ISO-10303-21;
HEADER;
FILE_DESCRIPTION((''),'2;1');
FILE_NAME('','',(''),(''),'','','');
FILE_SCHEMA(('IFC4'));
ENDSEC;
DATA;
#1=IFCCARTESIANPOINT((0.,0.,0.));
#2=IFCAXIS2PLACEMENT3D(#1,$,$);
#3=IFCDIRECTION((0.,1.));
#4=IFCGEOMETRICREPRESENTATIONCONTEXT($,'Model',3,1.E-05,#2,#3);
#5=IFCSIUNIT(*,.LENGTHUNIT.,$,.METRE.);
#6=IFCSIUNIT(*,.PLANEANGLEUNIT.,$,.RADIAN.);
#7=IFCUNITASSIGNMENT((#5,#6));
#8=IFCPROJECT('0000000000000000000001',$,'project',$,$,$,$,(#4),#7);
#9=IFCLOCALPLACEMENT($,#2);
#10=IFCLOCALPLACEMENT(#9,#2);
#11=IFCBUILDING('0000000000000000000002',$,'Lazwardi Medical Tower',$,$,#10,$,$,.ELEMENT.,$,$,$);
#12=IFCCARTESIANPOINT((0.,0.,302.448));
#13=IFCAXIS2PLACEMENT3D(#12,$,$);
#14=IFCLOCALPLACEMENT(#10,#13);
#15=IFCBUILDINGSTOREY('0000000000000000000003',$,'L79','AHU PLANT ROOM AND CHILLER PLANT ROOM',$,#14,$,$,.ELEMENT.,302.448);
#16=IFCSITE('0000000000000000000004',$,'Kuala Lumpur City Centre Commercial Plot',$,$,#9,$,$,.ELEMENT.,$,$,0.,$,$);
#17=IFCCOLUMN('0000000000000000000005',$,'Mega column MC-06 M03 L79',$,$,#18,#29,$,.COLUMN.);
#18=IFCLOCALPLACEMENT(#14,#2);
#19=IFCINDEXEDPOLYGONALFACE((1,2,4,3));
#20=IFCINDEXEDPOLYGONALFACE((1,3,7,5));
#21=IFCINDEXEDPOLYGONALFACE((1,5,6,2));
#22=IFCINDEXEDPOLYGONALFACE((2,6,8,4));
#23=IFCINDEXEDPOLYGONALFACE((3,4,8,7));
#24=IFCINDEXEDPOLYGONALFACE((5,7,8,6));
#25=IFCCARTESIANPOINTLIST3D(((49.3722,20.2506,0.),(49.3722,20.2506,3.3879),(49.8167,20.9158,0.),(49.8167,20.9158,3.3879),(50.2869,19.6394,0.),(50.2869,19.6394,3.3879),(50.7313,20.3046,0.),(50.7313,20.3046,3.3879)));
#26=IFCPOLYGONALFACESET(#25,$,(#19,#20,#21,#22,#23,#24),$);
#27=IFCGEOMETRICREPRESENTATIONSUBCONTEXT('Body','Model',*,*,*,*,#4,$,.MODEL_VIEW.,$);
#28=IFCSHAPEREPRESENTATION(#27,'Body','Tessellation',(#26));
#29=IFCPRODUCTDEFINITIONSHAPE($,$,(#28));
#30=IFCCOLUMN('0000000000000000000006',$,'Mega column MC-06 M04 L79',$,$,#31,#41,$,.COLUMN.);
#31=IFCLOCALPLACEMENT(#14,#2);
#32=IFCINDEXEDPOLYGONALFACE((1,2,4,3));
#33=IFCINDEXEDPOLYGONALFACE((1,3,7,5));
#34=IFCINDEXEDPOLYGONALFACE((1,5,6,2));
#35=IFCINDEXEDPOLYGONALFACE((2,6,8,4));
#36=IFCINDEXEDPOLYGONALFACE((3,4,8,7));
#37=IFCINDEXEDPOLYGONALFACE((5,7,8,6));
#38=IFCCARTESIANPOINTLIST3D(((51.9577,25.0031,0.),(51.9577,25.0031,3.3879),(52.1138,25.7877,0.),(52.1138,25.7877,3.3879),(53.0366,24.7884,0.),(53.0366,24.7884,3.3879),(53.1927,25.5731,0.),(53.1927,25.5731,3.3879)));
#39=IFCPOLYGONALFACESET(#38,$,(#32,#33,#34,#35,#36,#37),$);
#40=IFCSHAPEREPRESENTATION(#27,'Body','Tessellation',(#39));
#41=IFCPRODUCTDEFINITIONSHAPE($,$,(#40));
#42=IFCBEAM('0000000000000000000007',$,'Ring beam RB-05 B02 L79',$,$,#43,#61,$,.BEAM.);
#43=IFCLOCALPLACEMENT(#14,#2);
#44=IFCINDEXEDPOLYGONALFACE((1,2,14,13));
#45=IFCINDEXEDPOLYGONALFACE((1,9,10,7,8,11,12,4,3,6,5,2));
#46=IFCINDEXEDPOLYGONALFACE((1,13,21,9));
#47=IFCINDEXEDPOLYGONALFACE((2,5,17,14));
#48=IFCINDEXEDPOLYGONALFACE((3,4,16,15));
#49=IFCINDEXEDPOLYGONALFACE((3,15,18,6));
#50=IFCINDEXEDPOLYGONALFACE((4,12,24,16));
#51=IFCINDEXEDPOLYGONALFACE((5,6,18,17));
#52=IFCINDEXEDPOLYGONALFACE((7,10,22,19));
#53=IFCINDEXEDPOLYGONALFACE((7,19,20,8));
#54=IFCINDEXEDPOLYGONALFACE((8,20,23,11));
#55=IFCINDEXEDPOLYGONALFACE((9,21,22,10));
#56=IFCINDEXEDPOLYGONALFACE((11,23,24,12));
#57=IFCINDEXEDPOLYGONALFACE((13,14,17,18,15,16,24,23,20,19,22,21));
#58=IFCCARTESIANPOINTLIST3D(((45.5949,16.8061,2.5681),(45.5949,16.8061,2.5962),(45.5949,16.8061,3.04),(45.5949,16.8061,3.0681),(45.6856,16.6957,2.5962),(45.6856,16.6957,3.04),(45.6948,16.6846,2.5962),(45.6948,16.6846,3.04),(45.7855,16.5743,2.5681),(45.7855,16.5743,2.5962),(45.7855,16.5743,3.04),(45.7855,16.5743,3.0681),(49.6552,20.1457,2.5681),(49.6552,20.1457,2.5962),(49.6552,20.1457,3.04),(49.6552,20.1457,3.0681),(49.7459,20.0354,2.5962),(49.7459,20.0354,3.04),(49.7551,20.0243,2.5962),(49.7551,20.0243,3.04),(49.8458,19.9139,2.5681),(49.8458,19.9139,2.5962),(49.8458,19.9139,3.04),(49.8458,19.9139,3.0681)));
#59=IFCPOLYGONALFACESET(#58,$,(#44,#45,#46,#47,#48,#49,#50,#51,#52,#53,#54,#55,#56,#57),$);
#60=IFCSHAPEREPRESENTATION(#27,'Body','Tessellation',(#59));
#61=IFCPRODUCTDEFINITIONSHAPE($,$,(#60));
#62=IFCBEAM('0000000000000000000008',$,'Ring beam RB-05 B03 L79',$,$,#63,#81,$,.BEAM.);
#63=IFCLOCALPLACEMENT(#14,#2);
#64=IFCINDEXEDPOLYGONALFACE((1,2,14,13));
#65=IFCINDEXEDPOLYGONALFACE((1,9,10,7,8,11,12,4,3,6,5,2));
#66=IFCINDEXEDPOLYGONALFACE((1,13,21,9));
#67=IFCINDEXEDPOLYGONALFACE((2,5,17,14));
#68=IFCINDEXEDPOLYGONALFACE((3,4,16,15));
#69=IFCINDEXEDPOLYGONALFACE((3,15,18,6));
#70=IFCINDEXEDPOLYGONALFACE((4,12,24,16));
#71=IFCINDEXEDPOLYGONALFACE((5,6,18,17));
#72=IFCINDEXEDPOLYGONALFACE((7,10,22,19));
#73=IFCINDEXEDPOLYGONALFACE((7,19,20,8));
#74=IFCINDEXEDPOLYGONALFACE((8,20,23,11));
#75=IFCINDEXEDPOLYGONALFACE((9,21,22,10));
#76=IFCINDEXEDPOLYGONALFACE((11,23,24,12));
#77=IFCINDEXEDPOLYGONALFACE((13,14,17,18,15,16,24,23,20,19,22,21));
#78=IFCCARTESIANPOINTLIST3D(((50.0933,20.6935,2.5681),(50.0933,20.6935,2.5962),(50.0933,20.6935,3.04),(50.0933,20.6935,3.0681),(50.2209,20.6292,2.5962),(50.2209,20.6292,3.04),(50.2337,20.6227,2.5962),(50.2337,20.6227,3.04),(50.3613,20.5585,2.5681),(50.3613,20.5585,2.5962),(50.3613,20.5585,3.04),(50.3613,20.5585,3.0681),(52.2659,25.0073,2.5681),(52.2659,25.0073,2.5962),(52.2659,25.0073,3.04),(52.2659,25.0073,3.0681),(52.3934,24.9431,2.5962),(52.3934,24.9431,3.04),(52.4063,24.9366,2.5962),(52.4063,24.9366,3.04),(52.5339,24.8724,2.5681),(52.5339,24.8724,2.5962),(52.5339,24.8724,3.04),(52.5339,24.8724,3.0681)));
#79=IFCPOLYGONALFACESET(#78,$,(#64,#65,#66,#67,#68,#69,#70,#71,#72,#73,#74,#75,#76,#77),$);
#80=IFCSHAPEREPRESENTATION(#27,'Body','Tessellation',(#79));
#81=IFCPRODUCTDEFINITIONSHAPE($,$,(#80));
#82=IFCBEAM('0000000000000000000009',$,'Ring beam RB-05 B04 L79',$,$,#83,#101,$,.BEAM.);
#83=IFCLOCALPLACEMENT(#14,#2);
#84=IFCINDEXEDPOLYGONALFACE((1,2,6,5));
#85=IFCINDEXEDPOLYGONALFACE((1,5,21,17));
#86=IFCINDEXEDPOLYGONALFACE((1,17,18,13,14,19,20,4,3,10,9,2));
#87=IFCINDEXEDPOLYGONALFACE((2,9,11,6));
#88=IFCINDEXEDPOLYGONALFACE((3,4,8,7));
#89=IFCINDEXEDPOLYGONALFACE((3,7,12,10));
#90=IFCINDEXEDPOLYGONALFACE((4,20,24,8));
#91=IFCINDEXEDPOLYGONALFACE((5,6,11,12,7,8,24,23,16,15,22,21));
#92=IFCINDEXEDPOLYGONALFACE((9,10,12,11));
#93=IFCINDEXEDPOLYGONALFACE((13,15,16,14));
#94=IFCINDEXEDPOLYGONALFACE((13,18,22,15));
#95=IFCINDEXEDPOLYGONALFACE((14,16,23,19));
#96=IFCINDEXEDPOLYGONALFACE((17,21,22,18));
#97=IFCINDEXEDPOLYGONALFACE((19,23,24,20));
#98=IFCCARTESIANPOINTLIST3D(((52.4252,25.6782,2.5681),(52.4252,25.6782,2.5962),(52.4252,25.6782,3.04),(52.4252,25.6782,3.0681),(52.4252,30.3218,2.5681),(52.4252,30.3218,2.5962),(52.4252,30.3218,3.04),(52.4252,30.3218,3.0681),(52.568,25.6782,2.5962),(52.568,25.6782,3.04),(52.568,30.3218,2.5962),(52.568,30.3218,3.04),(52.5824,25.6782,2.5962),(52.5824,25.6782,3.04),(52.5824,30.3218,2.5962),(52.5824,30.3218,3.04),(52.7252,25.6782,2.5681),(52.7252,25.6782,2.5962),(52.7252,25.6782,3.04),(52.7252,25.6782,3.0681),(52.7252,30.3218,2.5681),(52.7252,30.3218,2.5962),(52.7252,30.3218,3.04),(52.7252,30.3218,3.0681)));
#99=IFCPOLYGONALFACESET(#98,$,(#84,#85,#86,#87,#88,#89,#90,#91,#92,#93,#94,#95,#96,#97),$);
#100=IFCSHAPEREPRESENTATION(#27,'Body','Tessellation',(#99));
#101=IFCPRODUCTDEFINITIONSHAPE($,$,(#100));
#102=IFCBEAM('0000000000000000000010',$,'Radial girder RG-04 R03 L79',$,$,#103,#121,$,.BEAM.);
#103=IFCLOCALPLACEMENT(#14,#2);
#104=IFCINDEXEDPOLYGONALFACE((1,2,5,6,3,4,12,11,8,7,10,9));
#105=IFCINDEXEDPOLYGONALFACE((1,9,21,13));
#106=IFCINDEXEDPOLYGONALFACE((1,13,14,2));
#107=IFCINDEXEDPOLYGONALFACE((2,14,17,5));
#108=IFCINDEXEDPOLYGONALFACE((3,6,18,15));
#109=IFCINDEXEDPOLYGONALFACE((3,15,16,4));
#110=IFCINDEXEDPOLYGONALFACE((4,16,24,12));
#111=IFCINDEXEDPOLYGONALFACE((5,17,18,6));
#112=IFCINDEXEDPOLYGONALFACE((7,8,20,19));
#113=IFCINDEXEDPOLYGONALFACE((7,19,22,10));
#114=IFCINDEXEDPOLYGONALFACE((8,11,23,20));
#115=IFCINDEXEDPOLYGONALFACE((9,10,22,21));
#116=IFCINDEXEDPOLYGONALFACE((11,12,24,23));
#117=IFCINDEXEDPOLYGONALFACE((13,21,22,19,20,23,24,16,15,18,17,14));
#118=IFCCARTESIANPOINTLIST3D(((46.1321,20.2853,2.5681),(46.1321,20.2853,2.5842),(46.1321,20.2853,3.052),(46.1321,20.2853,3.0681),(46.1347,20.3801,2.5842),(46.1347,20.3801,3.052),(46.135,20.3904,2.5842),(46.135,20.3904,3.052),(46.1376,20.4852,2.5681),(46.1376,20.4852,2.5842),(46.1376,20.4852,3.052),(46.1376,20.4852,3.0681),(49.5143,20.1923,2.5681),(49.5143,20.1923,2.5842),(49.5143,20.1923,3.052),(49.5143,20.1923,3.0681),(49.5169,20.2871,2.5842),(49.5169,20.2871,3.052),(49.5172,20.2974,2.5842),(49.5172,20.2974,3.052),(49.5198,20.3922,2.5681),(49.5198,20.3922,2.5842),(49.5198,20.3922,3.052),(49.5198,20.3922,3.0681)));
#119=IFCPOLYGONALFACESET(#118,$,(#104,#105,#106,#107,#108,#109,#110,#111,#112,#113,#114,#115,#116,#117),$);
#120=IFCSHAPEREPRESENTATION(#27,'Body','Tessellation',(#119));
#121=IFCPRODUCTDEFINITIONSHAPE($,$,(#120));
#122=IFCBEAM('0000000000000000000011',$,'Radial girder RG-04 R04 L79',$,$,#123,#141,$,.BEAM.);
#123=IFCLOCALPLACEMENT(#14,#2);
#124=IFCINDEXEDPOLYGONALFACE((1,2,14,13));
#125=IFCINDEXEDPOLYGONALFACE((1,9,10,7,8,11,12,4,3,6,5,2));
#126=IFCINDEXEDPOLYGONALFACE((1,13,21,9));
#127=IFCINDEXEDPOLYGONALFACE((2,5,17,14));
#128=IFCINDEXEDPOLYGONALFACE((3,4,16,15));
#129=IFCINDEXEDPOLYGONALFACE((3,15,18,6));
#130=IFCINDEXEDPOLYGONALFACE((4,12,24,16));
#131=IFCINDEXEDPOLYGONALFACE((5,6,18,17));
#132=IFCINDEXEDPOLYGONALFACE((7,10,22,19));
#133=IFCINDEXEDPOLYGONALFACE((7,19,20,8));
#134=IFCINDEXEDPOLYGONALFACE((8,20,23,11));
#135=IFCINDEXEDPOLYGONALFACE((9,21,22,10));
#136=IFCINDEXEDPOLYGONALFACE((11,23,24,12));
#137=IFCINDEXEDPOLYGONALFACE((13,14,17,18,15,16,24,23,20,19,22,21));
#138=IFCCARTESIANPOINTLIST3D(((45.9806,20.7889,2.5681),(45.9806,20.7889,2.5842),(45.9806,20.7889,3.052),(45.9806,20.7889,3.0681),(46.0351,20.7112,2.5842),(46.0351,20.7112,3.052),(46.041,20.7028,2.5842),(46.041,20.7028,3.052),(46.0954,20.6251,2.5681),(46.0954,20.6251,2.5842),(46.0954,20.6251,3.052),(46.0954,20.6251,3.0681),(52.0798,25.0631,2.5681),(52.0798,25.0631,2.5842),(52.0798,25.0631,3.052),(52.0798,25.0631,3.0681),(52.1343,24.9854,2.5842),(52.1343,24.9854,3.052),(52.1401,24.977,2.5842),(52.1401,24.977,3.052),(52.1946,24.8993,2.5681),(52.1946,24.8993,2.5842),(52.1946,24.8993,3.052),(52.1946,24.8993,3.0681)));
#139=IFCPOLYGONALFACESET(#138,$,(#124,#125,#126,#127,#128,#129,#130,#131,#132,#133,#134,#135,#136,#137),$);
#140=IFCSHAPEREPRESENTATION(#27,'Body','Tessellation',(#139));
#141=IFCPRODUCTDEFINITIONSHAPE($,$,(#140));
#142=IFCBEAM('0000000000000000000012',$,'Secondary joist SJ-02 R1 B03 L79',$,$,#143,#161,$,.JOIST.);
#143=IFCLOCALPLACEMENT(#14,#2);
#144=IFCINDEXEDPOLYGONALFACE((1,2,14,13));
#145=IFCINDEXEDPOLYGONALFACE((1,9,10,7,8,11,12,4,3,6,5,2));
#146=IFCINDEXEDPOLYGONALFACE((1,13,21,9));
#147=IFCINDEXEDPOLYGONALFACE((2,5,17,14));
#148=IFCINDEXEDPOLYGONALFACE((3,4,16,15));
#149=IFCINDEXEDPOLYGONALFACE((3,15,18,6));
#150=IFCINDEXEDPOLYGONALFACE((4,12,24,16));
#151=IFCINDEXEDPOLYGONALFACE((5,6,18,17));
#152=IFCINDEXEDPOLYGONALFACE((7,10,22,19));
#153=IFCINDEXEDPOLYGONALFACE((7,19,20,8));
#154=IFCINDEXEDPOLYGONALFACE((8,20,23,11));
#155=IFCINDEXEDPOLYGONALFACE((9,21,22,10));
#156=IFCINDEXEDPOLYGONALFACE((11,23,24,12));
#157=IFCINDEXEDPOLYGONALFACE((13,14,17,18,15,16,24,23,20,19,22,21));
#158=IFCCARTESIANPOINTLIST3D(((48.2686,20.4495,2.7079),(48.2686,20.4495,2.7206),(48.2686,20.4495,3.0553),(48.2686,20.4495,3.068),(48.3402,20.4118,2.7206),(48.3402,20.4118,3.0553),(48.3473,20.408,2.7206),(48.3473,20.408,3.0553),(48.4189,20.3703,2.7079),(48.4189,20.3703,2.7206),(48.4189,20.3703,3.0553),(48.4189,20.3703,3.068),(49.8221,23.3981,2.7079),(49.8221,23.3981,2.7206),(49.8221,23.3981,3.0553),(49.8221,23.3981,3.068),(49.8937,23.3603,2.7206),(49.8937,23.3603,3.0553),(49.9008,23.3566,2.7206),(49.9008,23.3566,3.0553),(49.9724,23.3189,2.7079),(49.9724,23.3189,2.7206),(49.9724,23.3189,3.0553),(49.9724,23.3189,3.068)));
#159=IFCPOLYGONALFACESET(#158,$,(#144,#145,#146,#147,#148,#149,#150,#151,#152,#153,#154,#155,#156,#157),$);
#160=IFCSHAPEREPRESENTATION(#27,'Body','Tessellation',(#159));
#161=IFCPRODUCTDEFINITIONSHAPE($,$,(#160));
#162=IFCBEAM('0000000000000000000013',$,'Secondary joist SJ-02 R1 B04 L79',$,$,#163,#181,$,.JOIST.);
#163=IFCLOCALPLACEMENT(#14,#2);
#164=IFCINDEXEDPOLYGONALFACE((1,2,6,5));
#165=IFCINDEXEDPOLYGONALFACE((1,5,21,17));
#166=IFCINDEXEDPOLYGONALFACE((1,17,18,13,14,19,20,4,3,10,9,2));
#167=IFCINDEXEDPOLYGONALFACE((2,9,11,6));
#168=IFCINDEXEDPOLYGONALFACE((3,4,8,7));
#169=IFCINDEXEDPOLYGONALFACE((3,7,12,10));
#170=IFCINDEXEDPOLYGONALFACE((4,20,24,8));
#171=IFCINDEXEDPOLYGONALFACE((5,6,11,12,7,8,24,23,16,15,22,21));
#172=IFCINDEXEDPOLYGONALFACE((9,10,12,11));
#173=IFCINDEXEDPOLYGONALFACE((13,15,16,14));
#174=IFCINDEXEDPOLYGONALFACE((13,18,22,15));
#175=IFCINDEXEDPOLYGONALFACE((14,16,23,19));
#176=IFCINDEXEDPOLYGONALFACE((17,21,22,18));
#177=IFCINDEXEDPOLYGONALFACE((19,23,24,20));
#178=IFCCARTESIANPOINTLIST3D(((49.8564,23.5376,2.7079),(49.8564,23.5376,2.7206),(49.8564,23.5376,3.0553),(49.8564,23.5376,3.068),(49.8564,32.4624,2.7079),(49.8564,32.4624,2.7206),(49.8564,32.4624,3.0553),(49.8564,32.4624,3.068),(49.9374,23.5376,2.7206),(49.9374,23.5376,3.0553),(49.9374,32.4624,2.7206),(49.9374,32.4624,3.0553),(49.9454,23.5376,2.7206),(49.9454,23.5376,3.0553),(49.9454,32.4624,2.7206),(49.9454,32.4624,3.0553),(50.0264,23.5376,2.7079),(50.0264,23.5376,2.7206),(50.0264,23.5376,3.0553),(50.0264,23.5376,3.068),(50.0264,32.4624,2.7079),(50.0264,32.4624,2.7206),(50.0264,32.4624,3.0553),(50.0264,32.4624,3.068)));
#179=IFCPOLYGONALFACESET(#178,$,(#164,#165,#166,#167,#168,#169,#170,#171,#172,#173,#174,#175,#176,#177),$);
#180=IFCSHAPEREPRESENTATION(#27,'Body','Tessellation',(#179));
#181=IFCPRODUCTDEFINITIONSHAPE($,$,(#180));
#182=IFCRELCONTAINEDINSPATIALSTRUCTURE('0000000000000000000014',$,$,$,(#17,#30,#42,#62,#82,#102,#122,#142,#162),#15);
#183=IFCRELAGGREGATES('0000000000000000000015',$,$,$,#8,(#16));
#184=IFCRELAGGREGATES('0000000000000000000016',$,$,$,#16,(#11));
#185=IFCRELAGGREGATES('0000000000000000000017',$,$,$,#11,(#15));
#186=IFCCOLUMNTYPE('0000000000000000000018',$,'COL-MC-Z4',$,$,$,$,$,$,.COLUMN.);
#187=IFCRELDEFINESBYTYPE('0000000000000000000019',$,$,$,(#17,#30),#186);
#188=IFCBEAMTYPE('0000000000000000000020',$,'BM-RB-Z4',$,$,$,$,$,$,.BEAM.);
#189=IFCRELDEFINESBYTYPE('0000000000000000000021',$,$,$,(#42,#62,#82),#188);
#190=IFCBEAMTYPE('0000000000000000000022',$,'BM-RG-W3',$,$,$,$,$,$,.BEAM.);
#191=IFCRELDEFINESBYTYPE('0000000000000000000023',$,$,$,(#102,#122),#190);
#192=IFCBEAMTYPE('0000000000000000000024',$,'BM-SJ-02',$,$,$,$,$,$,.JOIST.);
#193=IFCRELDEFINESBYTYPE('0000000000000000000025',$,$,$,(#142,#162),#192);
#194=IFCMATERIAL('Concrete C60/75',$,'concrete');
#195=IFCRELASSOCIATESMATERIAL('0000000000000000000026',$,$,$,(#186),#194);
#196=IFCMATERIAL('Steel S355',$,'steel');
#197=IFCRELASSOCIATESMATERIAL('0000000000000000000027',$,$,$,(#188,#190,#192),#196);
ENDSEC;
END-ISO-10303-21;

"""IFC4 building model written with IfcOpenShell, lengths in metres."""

from ifc_helpers import new_model, si_unit, direction, frame, origin, origin_2d, place, context, subcontext, project, spatial, rectangle, i_section, extrude, material, material_profile, profile_set, type_object, element, save


model = new_model("IFC4")

# Units and contexts
model_context = context("Model", 3, precision=1e-05, world=origin(), true_north=direction((0.0, 1.0)))
body_context = subcontext(model_context, "Body", "Model", "MODEL_VIEW")
ifc_project = project(units=[si_unit("LENGTHUNIT", "METRE"), si_unit("PLANEANGLEUNIT", "RADIAN")], contexts=[model_context])

# Site, building, storey
site_placement = place(None, origin())
site = spatial("IfcSite", under=ifc_project, at=site_placement, Name="Kuala Lumpur City Centre Commercial Plot", CompositionType="ELEMENT", RefElevation=0.0)
building_placement = place(site_placement, origin())
building = spatial("IfcBuilding", under=site, at=building_placement, Name="Lazwardi Medical Tower", CompositionType="ELEMENT")
storey_placement = place(building_placement, frame((0.0, 0.0, 302.448)))
storey = spatial("IfcBuildingStorey", under=building, at=storey_placement, Name="L79", Description="AHU PLANT ROOM AND CHILLER PLANT ROOM", CompositionType="ELEMENT", Elevation=302.448)

# Columns
ifc_material_1 = material(Name="Concrete C60/75", Category="concrete")
ifc_material_profile_1 = material_profile(ifc_material_1, rectangle(XDim=1.1001, YDim=0.8, at=origin_2d()), Name="CFT-RECT 1100x800")
ifc_profile_set_1 = profile_set([ifc_material_profile_1], Name="Concrete C60/75")
column_type = type_object("IfcColumnType", Name="COL-MC-Z4", PredefinedType="COLUMN", material=ifc_profile_set_1)
for number, where, z_axis, x_axis, name in (
    (1, (50.0518, 20.2776, 0.0), (0.0, 0.0, 1.0), (0.83147, -0.55557, 0.0), "Mega column MC-06 M03 L79"),
    (2, (52.5752, 25.2881, 0.0), (0.0, 0.0, 1.0), (0.980785, -0.19509, 0.0), "Mega column MC-06 M04 L79"),
):
    element("IfcColumn", number, at=place(storey_placement, frame(where, z_axis=z_axis, x_axis=x_axis)), inside=storey, type_object=column_type, Name=name, PredefinedType="COLUMN", context=body_context, shape_type="SweptSolid", body=[
        extrude(rectangle(XDim=1.1001, YDim=0.8, at=origin_2d()), origin(), (0.0, 0.0, 1.0), 3.3879),
    ])

# Beams
ifc_material_2 = material(Name="Steel S355", Category="steel")
ifc_material_profile_2 = material_profile(ifc_material_2, i_section(OverallWidth=0.3, OverallDepth=0.5, WebThickness=0.0144, FlangeThickness=0.0281, at=origin_2d()), Name="HEB 500")
ifc_profile_set_2 = profile_set([ifc_material_profile_2], Name="Steel S355")
beam_type_1 = type_object("IfcBeamType", Name="BM-RB-Z4", PredefinedType="BEAM", material=ifc_profile_set_2)
beam_1_placement = place(storey_placement, frame((45.6902, 16.6902, 2.8181), z_axis=(0.77232, 0.635233, 0.0), x_axis=(-0.635233, 0.77232, 0.0)))
element("IfcBeam", 3, at=beam_1_placement, inside=storey, type_object=beam_type_1, Name="Ring beam RB-05 B02 L79", PredefinedType="BEAM", context=body_context, shape_type="SweptSolid", body=[
    extrude(i_section(OverallWidth=0.3, OverallDepth=0.5, WebThickness=0.0144, FlangeThickness=0.0281, at=origin_2d()), origin(), (0.0, 0.0, 1.0), 5.2573),
])
beam_2_placement = place(storey_placement, frame((50.2273, 20.626, 2.8181), z_axis=(0.4498, 0.893129, 0.0), x_axis=(-0.893129, 0.4498, 0.0)))
element("IfcBeam", 4, at=beam_2_placement, inside=storey, type_object=beam_type_1, Name="Ring beam RB-05 B03 L79", PredefinedType="BEAM", context=body_context, shape_type="SweptSolid", body=[
    extrude(i_section(OverallWidth=0.3, OverallDepth=0.5, WebThickness=0.0144, FlangeThickness=0.0281, at=origin_2d()), origin(), (0.0, 0.0, 1.0), 4.8301),
])
beam_3_placement = place(storey_placement, frame((52.5752, 25.6782, 2.8181), z_axis=(0.0, 1.0, 0.0), x_axis=(-1.0, 0.0, 0.0)))
element("IfcBeam", 5, at=beam_3_placement, inside=storey, type_object=beam_type_1, Name="Ring beam RB-05 B04 L79", PredefinedType="BEAM", context=body_context, shape_type="SweptSolid", body=[
    extrude(i_section(OverallWidth=0.3, OverallDepth=0.5, WebThickness=0.0144, FlangeThickness=0.0281, at=origin_2d()), origin(), (0.0, 0.0, 1.0), 4.6436),
])
ifc_material_profile_3 = material_profile(ifc_material_2, i_section(OverallWidth=0.2, OverallDepth=0.5, WebThickness=0.0103, FlangeThickness=0.0161, at=origin_2d()), Name="IPE 500")
ifc_profile_set_3 = profile_set([ifc_material_profile_3], Name="Steel S355")
beam_type_2 = type_object("IfcBeamType", Name="BM-RG-W3", PredefinedType="BEAM", material=ifc_profile_set_3)
beam_4_placement = place(storey_placement, frame((49.5171, 20.2922, 2.8181), z_axis=(-0.999622, 0.027491, 0.0), x_axis=(-0.027491, -0.999622, 0.0)))
element("IfcBeam", 6, at=beam_4_placement, inside=storey, type_object=beam_type_2, Name="Radial girder RG-04 R03 L79", PredefinedType="BEAM", context=body_context, shape_type="SweptSolid", body=[
    extrude(i_section(OverallWidth=0.2, OverallDepth=0.5, WebThickness=0.0103, FlangeThickness=0.0161, at=origin_2d()), origin(), (0.0, 0.0, 1.0), 3.3835),
])
beam_5_placement = place(storey_placement, frame((52.1372, 24.9812, 2.8181), z_axis=(-0.81893, -0.573893, 0.0), x_axis=(0.573893, -0.81893, 0.0)))
element("IfcBeam", 7, at=beam_5_placement, inside=storey, type_object=beam_type_2, Name="Radial girder RG-04 R04 L79", PredefinedType="BEAM", context=body_context, shape_type="SweptSolid", body=[
    extrude(i_section(OverallWidth=0.2, OverallDepth=0.5, WebThickness=0.0103, FlangeThickness=0.0161, at=origin_2d()), origin(), (0.0, 0.0, 1.0), 7.4478),
])
ifc_material_profile_4 = material_profile(ifc_material_2, i_section(OverallWidth=0.1699, OverallDepth=0.3601, WebThickness=0.0081, FlangeThickness=0.0127, at=origin_2d()), Name="IPE 360")
ifc_profile_set_4 = profile_set([ifc_material_profile_4], Name="Steel S355")
beam_type_3 = type_object("IfcBeamType", Name="BM-SJ-02", PredefinedType="JOIST", material=ifc_profile_set_4)
beam_6_placement = place(storey_placement, frame((48.3438, 20.4099, 2.8879), z_axis=(0.46613, 0.884716, 0.0), x_axis=(-0.884716, 0.46613, 0.0)))
element("IfcBeam", 8, at=beam_6_placement, inside=storey, type_object=beam_type_3, Name="Secondary joist SJ-02 R1 B03 L79", PredefinedType="JOIST", context=body_context, shape_type="SweptSolid", body=[
    extrude(i_section(OverallWidth=0.1699, OverallDepth=0.3601, WebThickness=0.0081, FlangeThickness=0.0127, at=origin_2d()), origin(), (0.0, 0.0, 1.0), 3.3328),
])
beam_7_placement = place(storey_placement, frame((49.9414, 23.5376, 2.8879), z_axis=(0.0, 1.0, 0.0), x_axis=(-1.0, 0.0, 0.0)))
element("IfcBeam", 9, at=beam_7_placement, inside=storey, type_object=beam_type_3, Name="Secondary joist SJ-02 R1 B04 L79", PredefinedType="JOIST", context=body_context, shape_type="SweptSolid", body=[
    extrude(i_section(OverallWidth=0.1699, OverallDepth=0.3601, WebThickness=0.0081, FlangeThickness=0.0127, at=origin_2d()), origin(), (0.0, 0.0, 1.0), 8.9248),
])

save(model, "model.ifc")
